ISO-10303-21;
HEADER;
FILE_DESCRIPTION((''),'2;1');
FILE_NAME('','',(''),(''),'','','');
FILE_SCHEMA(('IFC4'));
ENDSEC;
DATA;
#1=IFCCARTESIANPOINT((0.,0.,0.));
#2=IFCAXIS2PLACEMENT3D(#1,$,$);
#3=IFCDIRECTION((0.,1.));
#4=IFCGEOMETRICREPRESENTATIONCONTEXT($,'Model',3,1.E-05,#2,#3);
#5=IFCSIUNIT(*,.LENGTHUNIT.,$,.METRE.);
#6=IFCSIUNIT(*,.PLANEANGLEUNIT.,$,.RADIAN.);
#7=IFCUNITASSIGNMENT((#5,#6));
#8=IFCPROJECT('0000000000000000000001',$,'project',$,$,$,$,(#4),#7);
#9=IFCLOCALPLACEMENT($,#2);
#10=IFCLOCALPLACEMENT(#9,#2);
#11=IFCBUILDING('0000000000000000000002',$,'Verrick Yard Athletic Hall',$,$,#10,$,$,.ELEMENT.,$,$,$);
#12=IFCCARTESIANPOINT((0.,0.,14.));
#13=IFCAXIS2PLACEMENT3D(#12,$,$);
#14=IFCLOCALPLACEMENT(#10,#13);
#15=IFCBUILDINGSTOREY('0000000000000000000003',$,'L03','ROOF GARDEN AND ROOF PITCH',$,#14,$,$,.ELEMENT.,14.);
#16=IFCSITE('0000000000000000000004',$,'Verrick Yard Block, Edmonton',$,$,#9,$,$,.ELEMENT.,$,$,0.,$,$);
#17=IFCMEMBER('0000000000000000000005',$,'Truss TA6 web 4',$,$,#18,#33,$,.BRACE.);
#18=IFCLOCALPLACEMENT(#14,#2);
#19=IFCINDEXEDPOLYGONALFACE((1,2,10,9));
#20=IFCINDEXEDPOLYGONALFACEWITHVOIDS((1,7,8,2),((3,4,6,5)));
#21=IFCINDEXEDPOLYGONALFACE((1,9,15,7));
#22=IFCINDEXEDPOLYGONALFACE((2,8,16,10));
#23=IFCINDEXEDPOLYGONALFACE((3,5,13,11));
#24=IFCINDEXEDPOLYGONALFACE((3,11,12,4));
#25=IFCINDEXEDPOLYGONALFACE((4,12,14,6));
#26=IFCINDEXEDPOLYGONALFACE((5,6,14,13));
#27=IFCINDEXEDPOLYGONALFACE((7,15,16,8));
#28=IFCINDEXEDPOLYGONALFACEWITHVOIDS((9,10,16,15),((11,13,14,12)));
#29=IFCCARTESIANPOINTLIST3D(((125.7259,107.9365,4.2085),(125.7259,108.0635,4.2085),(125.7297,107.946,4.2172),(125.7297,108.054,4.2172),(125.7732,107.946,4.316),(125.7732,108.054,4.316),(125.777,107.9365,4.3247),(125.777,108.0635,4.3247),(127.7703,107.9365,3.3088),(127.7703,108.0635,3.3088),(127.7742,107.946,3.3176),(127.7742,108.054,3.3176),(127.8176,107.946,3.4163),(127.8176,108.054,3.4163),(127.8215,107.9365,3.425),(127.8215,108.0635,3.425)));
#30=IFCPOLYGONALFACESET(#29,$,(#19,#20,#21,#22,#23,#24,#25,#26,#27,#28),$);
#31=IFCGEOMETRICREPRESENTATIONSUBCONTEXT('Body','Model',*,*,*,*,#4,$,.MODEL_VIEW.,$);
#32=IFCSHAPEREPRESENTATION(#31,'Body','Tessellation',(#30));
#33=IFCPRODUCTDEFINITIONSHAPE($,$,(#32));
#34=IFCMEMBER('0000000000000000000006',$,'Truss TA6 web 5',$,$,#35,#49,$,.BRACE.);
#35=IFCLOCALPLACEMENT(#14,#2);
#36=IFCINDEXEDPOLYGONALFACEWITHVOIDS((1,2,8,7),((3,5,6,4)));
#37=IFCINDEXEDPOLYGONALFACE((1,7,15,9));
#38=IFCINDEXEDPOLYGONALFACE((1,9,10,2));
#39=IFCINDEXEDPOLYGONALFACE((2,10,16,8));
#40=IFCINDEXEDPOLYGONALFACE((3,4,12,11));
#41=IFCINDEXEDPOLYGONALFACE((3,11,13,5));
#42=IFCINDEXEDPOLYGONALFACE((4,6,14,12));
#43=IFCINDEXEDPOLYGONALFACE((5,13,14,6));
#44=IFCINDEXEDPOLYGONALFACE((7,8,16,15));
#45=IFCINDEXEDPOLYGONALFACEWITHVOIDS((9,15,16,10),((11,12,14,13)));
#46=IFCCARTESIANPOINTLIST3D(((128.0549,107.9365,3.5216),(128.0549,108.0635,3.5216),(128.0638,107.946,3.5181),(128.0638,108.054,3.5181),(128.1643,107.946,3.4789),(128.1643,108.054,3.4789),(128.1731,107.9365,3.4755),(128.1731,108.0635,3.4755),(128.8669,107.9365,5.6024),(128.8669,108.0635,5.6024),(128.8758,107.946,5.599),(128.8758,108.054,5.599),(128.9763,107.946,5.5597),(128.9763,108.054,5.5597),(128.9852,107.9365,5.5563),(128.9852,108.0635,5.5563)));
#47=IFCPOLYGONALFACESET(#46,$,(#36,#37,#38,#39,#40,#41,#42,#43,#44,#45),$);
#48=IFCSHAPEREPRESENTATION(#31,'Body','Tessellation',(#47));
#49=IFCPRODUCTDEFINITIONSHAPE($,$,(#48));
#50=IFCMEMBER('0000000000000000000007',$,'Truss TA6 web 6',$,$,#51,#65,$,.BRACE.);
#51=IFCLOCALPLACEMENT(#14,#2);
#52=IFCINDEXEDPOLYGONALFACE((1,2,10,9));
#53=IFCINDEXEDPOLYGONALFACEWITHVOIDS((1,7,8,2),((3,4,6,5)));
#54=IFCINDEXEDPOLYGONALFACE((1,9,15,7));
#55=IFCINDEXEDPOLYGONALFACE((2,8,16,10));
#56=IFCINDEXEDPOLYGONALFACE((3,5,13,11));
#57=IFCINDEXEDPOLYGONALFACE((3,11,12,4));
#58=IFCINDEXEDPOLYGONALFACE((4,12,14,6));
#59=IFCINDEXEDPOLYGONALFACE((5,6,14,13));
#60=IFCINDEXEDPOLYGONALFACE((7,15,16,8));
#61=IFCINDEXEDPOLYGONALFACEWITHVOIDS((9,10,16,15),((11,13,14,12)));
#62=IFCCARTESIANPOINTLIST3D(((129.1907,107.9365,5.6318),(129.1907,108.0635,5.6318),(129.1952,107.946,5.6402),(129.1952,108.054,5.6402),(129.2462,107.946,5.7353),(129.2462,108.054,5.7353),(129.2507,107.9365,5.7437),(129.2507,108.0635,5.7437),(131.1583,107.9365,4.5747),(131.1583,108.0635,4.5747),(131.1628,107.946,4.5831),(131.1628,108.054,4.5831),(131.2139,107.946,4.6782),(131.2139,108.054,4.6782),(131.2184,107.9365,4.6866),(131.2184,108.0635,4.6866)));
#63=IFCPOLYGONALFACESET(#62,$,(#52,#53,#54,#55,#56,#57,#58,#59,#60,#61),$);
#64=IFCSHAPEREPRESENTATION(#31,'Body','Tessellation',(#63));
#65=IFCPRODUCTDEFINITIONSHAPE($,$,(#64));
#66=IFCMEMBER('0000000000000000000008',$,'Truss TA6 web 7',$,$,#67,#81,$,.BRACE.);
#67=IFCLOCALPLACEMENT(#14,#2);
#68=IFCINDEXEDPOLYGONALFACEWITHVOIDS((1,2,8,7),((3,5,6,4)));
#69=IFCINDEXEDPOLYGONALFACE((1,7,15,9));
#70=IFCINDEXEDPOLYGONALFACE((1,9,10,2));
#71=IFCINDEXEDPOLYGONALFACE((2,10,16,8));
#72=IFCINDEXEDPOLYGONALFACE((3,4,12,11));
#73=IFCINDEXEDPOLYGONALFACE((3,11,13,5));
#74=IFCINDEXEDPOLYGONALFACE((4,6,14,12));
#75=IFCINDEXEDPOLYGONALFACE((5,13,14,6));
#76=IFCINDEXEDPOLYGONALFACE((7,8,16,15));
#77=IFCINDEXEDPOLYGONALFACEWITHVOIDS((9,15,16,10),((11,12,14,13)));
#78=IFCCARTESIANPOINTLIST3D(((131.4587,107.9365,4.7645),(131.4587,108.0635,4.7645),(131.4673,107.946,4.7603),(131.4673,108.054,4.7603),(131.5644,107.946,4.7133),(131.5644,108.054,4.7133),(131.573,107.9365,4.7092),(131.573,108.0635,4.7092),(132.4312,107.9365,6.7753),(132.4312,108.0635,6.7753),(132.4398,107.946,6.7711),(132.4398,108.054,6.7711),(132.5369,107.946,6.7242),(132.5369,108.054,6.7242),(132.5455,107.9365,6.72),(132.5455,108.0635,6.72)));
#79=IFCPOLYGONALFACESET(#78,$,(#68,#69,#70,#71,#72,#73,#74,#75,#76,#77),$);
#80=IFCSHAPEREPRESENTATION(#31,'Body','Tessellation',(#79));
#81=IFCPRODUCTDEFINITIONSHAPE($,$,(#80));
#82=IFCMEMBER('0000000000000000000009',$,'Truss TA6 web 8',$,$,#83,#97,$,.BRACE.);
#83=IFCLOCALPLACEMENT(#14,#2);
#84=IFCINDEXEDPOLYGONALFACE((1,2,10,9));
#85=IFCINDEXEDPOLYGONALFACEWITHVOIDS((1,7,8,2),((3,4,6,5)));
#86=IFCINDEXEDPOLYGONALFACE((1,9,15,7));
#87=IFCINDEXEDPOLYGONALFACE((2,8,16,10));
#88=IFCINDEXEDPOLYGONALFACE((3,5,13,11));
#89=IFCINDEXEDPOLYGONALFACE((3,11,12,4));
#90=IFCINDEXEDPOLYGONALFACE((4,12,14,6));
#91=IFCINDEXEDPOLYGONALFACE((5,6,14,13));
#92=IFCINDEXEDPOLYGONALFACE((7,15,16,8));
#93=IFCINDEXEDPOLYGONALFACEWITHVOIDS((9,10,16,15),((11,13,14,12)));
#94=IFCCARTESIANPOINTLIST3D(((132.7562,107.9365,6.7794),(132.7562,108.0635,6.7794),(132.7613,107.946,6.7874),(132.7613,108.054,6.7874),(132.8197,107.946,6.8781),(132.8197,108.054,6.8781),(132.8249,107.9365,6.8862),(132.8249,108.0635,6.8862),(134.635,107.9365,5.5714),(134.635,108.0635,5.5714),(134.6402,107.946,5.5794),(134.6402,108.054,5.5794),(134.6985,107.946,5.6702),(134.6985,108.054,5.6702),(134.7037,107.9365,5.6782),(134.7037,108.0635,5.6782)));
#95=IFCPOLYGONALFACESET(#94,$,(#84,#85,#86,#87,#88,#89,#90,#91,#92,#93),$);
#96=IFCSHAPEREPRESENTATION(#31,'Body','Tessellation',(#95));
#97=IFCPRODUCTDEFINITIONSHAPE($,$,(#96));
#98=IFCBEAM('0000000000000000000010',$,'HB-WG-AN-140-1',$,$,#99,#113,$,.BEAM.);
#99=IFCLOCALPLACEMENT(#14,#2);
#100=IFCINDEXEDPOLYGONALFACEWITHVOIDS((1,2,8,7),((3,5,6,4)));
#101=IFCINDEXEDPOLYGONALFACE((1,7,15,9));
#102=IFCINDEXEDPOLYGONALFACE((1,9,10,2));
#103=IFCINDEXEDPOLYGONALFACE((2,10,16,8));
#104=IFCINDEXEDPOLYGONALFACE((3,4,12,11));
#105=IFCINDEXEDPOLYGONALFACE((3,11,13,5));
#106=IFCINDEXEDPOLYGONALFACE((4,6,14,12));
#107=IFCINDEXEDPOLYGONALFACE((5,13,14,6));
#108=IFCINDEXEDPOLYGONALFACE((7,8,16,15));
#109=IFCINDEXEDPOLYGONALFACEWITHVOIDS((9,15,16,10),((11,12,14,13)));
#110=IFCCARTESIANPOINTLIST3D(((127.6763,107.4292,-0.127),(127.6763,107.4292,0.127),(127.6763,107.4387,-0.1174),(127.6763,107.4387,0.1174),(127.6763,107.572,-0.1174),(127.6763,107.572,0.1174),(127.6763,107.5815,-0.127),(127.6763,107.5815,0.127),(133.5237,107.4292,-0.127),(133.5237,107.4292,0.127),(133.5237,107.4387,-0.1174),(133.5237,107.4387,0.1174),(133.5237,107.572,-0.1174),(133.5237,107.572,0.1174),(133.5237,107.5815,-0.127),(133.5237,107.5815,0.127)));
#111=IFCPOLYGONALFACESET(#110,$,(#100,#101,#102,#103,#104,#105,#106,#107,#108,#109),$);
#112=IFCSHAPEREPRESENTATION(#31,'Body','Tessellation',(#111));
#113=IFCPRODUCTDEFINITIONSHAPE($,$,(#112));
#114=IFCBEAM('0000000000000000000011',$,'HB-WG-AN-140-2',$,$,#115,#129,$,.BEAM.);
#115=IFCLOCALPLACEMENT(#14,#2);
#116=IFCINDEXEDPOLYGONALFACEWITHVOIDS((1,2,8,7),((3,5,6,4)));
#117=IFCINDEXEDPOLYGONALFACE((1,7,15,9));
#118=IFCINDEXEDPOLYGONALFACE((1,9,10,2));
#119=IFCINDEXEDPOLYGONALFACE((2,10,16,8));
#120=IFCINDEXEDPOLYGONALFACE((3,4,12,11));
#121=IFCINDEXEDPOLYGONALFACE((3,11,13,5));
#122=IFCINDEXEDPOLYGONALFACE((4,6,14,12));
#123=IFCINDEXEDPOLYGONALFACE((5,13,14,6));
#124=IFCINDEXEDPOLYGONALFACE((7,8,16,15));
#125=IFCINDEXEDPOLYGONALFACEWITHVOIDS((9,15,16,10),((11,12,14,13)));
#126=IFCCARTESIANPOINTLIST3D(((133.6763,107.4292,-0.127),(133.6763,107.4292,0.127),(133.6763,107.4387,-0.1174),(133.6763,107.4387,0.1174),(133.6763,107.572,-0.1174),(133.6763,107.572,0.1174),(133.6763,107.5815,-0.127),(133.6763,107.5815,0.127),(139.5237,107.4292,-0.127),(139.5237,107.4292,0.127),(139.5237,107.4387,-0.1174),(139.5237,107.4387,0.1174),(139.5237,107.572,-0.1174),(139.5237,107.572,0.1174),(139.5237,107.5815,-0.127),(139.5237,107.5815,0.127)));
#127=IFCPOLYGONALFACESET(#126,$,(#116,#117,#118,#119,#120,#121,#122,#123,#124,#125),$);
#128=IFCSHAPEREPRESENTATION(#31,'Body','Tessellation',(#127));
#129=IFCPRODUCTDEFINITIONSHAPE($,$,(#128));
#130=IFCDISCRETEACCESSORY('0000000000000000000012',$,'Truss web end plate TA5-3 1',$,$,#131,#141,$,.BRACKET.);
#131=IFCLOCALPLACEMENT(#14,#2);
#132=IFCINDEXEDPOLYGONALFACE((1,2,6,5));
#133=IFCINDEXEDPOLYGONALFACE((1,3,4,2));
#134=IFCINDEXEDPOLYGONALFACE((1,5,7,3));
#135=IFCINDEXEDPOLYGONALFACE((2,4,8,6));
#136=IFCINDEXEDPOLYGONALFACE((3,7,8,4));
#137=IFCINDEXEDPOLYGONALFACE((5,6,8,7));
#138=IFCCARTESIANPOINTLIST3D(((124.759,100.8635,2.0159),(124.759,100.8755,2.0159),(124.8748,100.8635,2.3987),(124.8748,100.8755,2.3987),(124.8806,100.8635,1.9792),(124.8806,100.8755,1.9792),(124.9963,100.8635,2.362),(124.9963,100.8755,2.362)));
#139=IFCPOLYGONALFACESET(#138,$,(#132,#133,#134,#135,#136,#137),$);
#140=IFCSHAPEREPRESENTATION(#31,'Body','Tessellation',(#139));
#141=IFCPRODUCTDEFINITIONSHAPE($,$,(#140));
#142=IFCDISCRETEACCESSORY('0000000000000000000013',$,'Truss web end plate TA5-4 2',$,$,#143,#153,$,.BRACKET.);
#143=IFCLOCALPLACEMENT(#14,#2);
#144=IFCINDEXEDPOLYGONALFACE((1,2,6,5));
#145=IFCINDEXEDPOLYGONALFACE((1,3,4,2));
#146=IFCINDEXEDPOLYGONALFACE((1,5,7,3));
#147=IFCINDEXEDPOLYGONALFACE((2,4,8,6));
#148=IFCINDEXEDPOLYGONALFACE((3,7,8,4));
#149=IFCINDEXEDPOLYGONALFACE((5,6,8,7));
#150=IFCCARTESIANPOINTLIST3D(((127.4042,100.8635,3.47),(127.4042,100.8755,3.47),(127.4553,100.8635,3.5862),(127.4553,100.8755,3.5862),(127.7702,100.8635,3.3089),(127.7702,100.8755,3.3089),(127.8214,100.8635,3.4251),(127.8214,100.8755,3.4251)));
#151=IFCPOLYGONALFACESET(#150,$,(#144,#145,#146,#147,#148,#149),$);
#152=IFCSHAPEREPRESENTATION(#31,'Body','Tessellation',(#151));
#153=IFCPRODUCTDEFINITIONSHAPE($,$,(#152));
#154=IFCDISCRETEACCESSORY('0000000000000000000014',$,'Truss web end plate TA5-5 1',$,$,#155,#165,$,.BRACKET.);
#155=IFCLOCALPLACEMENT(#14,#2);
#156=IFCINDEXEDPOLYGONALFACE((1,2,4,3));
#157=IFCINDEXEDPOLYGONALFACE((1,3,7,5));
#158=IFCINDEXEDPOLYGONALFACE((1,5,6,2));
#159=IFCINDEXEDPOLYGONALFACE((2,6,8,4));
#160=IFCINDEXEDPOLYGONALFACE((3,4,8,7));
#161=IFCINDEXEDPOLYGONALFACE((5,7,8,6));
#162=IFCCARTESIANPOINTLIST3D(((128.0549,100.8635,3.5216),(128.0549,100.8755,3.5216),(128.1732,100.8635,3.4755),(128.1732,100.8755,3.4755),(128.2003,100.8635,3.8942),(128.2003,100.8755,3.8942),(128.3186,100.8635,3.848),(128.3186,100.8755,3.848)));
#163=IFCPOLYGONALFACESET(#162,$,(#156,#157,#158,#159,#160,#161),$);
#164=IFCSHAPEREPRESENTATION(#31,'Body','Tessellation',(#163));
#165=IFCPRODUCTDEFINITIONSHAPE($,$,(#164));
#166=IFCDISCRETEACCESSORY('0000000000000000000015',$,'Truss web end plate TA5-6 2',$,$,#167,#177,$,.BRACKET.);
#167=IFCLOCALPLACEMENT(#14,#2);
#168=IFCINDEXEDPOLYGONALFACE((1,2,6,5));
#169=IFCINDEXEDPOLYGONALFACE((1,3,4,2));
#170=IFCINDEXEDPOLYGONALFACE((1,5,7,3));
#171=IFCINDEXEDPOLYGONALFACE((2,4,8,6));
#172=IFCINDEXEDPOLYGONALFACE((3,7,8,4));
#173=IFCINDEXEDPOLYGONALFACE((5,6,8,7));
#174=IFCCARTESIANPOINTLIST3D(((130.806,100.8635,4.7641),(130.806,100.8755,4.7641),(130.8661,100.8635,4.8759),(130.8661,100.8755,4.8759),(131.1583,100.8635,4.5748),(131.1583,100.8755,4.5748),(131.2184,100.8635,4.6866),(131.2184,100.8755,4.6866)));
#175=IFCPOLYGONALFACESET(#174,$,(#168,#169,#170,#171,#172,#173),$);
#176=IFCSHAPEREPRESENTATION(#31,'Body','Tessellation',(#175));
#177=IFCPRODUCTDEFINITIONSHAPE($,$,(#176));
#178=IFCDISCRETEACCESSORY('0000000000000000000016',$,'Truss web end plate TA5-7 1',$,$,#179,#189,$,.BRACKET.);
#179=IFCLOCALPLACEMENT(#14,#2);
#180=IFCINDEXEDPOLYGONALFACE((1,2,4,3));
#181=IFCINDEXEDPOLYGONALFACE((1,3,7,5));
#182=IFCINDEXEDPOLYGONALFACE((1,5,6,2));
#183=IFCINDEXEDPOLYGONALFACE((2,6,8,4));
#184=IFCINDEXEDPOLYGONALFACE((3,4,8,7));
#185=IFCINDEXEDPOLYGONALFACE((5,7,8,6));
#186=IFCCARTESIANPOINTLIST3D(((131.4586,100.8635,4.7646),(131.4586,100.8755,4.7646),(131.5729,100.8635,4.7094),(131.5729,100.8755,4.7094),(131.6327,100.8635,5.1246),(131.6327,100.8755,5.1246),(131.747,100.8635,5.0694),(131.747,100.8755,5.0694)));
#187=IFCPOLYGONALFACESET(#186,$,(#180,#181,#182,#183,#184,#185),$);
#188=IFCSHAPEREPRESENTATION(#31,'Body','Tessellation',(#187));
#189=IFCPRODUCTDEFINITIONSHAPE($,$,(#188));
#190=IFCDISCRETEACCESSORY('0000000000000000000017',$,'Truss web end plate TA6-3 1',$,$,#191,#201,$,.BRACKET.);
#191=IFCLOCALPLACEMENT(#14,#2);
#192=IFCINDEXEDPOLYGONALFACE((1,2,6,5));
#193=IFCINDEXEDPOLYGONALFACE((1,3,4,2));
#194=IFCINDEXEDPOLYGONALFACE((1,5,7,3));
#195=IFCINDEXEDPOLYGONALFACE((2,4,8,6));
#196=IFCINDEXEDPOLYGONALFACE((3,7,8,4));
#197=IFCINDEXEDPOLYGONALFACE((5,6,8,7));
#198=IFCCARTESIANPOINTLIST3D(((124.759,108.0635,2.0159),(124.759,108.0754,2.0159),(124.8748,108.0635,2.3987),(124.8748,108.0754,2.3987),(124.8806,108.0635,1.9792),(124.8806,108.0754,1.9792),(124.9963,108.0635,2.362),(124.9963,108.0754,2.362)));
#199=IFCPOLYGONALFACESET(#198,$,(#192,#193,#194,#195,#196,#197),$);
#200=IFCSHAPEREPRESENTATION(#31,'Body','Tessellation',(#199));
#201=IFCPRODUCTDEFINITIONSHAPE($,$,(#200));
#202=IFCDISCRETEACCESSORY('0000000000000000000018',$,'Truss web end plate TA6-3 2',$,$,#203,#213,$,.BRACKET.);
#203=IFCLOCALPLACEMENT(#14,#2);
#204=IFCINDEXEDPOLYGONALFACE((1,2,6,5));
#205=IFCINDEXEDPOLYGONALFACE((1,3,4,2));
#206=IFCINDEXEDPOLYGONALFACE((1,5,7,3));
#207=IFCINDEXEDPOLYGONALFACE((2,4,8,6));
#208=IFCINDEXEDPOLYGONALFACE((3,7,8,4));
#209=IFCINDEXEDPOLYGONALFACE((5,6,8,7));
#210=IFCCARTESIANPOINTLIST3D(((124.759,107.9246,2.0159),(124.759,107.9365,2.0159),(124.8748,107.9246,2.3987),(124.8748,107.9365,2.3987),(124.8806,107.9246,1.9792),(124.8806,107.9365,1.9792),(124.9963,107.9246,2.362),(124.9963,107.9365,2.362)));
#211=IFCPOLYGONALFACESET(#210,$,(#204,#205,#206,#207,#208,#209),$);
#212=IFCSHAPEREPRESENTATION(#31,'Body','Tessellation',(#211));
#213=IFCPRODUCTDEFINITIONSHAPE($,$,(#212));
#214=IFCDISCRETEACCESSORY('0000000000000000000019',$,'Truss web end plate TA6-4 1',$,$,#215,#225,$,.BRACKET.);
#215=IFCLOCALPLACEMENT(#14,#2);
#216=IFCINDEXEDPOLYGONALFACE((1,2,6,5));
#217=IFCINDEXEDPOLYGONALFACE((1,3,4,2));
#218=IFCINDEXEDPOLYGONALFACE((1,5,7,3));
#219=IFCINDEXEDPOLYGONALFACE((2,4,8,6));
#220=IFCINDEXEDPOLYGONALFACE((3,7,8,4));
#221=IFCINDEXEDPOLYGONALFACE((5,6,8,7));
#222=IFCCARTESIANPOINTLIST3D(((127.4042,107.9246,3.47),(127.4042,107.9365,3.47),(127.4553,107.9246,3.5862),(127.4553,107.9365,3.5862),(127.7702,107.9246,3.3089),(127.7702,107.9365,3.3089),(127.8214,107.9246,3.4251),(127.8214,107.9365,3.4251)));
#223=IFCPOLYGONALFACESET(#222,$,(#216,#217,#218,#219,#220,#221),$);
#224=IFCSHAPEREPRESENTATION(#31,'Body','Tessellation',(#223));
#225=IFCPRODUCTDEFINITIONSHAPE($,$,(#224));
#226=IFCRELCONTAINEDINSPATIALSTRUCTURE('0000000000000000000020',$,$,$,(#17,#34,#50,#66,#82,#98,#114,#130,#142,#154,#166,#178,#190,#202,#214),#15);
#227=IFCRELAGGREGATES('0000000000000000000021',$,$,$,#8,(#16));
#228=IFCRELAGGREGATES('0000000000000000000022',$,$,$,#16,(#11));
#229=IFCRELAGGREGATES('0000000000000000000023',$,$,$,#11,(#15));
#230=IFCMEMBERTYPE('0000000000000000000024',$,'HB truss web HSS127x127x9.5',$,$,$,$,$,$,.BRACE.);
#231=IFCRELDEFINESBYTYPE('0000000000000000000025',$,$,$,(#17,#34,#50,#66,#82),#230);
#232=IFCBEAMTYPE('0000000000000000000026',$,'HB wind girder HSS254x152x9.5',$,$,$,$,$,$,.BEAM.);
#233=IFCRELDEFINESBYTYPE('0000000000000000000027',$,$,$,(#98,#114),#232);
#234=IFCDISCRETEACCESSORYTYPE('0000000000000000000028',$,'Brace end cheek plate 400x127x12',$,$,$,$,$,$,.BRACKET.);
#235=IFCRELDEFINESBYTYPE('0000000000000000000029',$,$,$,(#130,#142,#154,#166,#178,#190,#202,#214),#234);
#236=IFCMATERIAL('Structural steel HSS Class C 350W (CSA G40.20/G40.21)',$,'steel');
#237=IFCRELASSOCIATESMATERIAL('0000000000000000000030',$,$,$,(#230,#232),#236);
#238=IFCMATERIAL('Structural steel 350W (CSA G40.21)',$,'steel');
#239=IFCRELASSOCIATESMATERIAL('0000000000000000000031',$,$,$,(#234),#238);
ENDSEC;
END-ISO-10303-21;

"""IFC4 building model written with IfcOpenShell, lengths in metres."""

from ifc_helpers import new_model, si_unit, direction, frame, origin, origin_2d, place, context, subcontext, project, spatial, rectangle, hollow_rectangle, extrude, material, material_profile, profile_set, type_object, element, save


model = new_model("IFC4")

# Units and contexts
model_context = context("Model", 3, precision=1e-05, world=origin(), true_north=direction((0.0, 1.0)))
body_context = subcontext(model_context, "Body", "Model", "MODEL_VIEW")
ifc_project = project(units=[si_unit("LENGTHUNIT", "METRE"), si_unit("PLANEANGLEUNIT", "RADIAN")], contexts=[model_context])

# Site, building, storey
site_placement = place(None, origin())
site = spatial("IfcSite", under=ifc_project, at=site_placement, Name="Verrick Yard Block, Edmonton", CompositionType="ELEMENT", RefElevation=0.0)
building_placement = place(site_placement, origin())
building = spatial("IfcBuilding", under=site, at=building_placement, Name="Verrick Yard Athletic Hall", CompositionType="ELEMENT")
storey_placement = place(building_placement, frame((0.0, 0.0, 14.0)))
storey = spatial("IfcBuildingStorey", under=building, at=storey_placement, Name="L03", Description="ROOF GARDEN AND ROOF PITCH", CompositionType="ELEMENT", Elevation=14.0)

# Members
ifc_material_1 = material(Name="Structural steel HSS Class C 350W (CSA G40.20/G40.21)", Category="steel")
ifc_material_profile_1 = material_profile(ifc_material_1, hollow_rectangle(XDim=0.127, YDim=0.127, WallThickness=0.0095, at=origin_2d()), Name="HSS127x127x9.5")
ifc_profile_set_1 = profile_set([ifc_material_profile_1], Name="Structural steel HSS Class C 350W (CSA G40.20/G40.21)")
member_type_1 = type_object("IfcMemberType", Name="HB truss web HSS127x127x9.5", PredefinedType="BRACE", material=ifc_profile_set_1)
for number, where, z_axis, x_axis, name in (
    (1, (125.7515, 108.0, 4.2666), (0.915297, 0.0, -0.402779), (0.0, 1.0, 0.0), "Truss TA6 web 4"),
    (2, (128.114, 108.0, 3.4985), (0.363538, 0.0, 0.931579), (0.0, 1.0, 0.0), "Truss TA6 web 5"),
    (3, (129.2207, 108.0, 5.6877), (0.880927, 0.0, -0.473252), (0.0, 1.0, 0.0), "Truss TA6 web 6"),
    (4, (131.5159, 108.0, 4.7368), (0.435369, 0.0, 0.900252), (0.0, 1.0, 0.0), "Truss TA6 web 7"),
    (5, (132.7905, 108.0, 6.8328), (0.84115, 0.0, -0.540802), (0.0, 1.0, 0.0), "Truss TA6 web 8"),
):
    element("IfcMember", number, at=place(storey_placement, frame(where, z_axis=z_axis, x_axis=x_axis)), inside=storey, type_object=member_type_1, Name=name, PredefinedType="BRACE", context=body_context, shape_type="SweptSolid", body=[
        extrude(hollow_rectangle(XDim=0.127, YDim=0.127, WallThickness=0.0095, at=origin_2d()), origin(), (0.0, 0.0, 1.0), 2.2336),
    ])

# Beams
ifc_material_profile_2 = material_profile(ifc_material_1, hollow_rectangle(XDim=0.1523, YDim=0.2539, WallThickness=0.0095, at=origin_2d()), Name="HSS254x152x9.5")
ifc_profile_set_2 = profile_set([ifc_material_profile_2], Name="Structural steel HSS Class C 350W (CSA G40.20/G40.21)")
beam_type = type_object("IfcBeamType", Name="HB wind girder HSS254x152x9.5", PredefinedType="BEAM", material=ifc_profile_set_2)
for number, where, z_axis, x_axis, name in (
    (6, (127.6763, 107.5054, 0.0), (1.0, 0.0, 0.0), (0.0, 1.0, 0.0), "HB-WG-AN-140-1"),
    (7, (133.6763, 107.5054, 0.0), (1.0, 0.0, 0.0), (0.0, 1.0, 0.0), "HB-WG-AN-140-2"),
):
    element("IfcBeam", number, at=place(storey_placement, frame(where, z_axis=z_axis, x_axis=x_axis)), inside=storey, type_object=beam_type, Name=name, PredefinedType="BEAM", context=body_context, shape_type="SweptSolid", body=[
        extrude(hollow_rectangle(XDim=0.1523, YDim=0.2539, WallThickness=0.0095, at=origin_2d()), origin(), (0.0, 0.0, 1.0), 5.8474),
    ])

# Discrete accessories
ifc_material_2 = material(Name="Structural steel 350W (CSA G40.21)", Category="steel")
ifc_material_profile_3 = material_profile(ifc_material_2, rectangle(XDim=0.3999, YDim=0.127, at=origin_2d()), Name="Brace end cheek plate")
ifc_profile_set_3 = profile_set([ifc_material_profile_3], Name="Structural steel 350W (CSA G40.21)")
discrete_accessory_type_1 = type_object("IfcDiscreteAccessoryType", Name="Brace end cheek plate 400x127x12", PredefinedType="BRACKET", material=ifc_profile_set_3)
for number, where, z_axis, x_axis, name in (
    (8, (124.8777, 100.8635, 2.189), (0.0, 1.0, 0.0), (0.289473, 0.0, 0.957186), "Truss web end plate TA5-3 1"),
    (9, (127.6128, 100.8635, 3.4475), (0.0, 1.0, 0.0), (-0.915285, 0.0, 0.402806), "Truss web end plate TA5-4 2"),
    (10, (128.1868, 100.8635, 3.6848), (0.0, 1.0, 0.0), (0.363563, 0.0, 0.93157), "Truss web end plate TA5-5 1"),
    (11, (131.0122, 100.8635, 4.7253), (0.0, 1.0, 0.0), (-0.88092, 0.0, 0.473265), "Truss web end plate TA5-6 2"),
    (12, (131.6028, 100.8635, 4.917), (0.0, 1.0, 0.0), (0.435417, 0.0, 0.900229), "Truss web end plate TA5-7 1"),
    (13, (124.8777, 108.0635, 2.189), (0.0, 1.0, 0.0), (0.289473, 0.0, 0.957186), "Truss web end plate TA6-3 1"),
    (14, (124.8777, 107.9365, 2.189), (0.0, -1.0, 0.0), (0.289473, 0.0, 0.957186), "Truss web end plate TA6-3 2"),
    (15, (127.6128, 107.9365, 3.4475), (0.0, -1.0, 0.0), (-0.915285, 0.0, 0.402806), "Truss web end plate TA6-4 1"),
):
    element("IfcDiscreteAccessory", number, at=place(storey_placement, frame(where, z_axis=z_axis, x_axis=x_axis)), inside=storey, type_object=discrete_accessory_type_1, Name=name, PredefinedType="BRACKET", context=body_context, shape_type="SweptSolid", body=[
        extrude(rectangle(XDim=0.3999, YDim=0.127, at=origin_2d()), origin(), (0.0, 0.0, 1.0), 0.012),
    ])

save(model, "model.ifc")
